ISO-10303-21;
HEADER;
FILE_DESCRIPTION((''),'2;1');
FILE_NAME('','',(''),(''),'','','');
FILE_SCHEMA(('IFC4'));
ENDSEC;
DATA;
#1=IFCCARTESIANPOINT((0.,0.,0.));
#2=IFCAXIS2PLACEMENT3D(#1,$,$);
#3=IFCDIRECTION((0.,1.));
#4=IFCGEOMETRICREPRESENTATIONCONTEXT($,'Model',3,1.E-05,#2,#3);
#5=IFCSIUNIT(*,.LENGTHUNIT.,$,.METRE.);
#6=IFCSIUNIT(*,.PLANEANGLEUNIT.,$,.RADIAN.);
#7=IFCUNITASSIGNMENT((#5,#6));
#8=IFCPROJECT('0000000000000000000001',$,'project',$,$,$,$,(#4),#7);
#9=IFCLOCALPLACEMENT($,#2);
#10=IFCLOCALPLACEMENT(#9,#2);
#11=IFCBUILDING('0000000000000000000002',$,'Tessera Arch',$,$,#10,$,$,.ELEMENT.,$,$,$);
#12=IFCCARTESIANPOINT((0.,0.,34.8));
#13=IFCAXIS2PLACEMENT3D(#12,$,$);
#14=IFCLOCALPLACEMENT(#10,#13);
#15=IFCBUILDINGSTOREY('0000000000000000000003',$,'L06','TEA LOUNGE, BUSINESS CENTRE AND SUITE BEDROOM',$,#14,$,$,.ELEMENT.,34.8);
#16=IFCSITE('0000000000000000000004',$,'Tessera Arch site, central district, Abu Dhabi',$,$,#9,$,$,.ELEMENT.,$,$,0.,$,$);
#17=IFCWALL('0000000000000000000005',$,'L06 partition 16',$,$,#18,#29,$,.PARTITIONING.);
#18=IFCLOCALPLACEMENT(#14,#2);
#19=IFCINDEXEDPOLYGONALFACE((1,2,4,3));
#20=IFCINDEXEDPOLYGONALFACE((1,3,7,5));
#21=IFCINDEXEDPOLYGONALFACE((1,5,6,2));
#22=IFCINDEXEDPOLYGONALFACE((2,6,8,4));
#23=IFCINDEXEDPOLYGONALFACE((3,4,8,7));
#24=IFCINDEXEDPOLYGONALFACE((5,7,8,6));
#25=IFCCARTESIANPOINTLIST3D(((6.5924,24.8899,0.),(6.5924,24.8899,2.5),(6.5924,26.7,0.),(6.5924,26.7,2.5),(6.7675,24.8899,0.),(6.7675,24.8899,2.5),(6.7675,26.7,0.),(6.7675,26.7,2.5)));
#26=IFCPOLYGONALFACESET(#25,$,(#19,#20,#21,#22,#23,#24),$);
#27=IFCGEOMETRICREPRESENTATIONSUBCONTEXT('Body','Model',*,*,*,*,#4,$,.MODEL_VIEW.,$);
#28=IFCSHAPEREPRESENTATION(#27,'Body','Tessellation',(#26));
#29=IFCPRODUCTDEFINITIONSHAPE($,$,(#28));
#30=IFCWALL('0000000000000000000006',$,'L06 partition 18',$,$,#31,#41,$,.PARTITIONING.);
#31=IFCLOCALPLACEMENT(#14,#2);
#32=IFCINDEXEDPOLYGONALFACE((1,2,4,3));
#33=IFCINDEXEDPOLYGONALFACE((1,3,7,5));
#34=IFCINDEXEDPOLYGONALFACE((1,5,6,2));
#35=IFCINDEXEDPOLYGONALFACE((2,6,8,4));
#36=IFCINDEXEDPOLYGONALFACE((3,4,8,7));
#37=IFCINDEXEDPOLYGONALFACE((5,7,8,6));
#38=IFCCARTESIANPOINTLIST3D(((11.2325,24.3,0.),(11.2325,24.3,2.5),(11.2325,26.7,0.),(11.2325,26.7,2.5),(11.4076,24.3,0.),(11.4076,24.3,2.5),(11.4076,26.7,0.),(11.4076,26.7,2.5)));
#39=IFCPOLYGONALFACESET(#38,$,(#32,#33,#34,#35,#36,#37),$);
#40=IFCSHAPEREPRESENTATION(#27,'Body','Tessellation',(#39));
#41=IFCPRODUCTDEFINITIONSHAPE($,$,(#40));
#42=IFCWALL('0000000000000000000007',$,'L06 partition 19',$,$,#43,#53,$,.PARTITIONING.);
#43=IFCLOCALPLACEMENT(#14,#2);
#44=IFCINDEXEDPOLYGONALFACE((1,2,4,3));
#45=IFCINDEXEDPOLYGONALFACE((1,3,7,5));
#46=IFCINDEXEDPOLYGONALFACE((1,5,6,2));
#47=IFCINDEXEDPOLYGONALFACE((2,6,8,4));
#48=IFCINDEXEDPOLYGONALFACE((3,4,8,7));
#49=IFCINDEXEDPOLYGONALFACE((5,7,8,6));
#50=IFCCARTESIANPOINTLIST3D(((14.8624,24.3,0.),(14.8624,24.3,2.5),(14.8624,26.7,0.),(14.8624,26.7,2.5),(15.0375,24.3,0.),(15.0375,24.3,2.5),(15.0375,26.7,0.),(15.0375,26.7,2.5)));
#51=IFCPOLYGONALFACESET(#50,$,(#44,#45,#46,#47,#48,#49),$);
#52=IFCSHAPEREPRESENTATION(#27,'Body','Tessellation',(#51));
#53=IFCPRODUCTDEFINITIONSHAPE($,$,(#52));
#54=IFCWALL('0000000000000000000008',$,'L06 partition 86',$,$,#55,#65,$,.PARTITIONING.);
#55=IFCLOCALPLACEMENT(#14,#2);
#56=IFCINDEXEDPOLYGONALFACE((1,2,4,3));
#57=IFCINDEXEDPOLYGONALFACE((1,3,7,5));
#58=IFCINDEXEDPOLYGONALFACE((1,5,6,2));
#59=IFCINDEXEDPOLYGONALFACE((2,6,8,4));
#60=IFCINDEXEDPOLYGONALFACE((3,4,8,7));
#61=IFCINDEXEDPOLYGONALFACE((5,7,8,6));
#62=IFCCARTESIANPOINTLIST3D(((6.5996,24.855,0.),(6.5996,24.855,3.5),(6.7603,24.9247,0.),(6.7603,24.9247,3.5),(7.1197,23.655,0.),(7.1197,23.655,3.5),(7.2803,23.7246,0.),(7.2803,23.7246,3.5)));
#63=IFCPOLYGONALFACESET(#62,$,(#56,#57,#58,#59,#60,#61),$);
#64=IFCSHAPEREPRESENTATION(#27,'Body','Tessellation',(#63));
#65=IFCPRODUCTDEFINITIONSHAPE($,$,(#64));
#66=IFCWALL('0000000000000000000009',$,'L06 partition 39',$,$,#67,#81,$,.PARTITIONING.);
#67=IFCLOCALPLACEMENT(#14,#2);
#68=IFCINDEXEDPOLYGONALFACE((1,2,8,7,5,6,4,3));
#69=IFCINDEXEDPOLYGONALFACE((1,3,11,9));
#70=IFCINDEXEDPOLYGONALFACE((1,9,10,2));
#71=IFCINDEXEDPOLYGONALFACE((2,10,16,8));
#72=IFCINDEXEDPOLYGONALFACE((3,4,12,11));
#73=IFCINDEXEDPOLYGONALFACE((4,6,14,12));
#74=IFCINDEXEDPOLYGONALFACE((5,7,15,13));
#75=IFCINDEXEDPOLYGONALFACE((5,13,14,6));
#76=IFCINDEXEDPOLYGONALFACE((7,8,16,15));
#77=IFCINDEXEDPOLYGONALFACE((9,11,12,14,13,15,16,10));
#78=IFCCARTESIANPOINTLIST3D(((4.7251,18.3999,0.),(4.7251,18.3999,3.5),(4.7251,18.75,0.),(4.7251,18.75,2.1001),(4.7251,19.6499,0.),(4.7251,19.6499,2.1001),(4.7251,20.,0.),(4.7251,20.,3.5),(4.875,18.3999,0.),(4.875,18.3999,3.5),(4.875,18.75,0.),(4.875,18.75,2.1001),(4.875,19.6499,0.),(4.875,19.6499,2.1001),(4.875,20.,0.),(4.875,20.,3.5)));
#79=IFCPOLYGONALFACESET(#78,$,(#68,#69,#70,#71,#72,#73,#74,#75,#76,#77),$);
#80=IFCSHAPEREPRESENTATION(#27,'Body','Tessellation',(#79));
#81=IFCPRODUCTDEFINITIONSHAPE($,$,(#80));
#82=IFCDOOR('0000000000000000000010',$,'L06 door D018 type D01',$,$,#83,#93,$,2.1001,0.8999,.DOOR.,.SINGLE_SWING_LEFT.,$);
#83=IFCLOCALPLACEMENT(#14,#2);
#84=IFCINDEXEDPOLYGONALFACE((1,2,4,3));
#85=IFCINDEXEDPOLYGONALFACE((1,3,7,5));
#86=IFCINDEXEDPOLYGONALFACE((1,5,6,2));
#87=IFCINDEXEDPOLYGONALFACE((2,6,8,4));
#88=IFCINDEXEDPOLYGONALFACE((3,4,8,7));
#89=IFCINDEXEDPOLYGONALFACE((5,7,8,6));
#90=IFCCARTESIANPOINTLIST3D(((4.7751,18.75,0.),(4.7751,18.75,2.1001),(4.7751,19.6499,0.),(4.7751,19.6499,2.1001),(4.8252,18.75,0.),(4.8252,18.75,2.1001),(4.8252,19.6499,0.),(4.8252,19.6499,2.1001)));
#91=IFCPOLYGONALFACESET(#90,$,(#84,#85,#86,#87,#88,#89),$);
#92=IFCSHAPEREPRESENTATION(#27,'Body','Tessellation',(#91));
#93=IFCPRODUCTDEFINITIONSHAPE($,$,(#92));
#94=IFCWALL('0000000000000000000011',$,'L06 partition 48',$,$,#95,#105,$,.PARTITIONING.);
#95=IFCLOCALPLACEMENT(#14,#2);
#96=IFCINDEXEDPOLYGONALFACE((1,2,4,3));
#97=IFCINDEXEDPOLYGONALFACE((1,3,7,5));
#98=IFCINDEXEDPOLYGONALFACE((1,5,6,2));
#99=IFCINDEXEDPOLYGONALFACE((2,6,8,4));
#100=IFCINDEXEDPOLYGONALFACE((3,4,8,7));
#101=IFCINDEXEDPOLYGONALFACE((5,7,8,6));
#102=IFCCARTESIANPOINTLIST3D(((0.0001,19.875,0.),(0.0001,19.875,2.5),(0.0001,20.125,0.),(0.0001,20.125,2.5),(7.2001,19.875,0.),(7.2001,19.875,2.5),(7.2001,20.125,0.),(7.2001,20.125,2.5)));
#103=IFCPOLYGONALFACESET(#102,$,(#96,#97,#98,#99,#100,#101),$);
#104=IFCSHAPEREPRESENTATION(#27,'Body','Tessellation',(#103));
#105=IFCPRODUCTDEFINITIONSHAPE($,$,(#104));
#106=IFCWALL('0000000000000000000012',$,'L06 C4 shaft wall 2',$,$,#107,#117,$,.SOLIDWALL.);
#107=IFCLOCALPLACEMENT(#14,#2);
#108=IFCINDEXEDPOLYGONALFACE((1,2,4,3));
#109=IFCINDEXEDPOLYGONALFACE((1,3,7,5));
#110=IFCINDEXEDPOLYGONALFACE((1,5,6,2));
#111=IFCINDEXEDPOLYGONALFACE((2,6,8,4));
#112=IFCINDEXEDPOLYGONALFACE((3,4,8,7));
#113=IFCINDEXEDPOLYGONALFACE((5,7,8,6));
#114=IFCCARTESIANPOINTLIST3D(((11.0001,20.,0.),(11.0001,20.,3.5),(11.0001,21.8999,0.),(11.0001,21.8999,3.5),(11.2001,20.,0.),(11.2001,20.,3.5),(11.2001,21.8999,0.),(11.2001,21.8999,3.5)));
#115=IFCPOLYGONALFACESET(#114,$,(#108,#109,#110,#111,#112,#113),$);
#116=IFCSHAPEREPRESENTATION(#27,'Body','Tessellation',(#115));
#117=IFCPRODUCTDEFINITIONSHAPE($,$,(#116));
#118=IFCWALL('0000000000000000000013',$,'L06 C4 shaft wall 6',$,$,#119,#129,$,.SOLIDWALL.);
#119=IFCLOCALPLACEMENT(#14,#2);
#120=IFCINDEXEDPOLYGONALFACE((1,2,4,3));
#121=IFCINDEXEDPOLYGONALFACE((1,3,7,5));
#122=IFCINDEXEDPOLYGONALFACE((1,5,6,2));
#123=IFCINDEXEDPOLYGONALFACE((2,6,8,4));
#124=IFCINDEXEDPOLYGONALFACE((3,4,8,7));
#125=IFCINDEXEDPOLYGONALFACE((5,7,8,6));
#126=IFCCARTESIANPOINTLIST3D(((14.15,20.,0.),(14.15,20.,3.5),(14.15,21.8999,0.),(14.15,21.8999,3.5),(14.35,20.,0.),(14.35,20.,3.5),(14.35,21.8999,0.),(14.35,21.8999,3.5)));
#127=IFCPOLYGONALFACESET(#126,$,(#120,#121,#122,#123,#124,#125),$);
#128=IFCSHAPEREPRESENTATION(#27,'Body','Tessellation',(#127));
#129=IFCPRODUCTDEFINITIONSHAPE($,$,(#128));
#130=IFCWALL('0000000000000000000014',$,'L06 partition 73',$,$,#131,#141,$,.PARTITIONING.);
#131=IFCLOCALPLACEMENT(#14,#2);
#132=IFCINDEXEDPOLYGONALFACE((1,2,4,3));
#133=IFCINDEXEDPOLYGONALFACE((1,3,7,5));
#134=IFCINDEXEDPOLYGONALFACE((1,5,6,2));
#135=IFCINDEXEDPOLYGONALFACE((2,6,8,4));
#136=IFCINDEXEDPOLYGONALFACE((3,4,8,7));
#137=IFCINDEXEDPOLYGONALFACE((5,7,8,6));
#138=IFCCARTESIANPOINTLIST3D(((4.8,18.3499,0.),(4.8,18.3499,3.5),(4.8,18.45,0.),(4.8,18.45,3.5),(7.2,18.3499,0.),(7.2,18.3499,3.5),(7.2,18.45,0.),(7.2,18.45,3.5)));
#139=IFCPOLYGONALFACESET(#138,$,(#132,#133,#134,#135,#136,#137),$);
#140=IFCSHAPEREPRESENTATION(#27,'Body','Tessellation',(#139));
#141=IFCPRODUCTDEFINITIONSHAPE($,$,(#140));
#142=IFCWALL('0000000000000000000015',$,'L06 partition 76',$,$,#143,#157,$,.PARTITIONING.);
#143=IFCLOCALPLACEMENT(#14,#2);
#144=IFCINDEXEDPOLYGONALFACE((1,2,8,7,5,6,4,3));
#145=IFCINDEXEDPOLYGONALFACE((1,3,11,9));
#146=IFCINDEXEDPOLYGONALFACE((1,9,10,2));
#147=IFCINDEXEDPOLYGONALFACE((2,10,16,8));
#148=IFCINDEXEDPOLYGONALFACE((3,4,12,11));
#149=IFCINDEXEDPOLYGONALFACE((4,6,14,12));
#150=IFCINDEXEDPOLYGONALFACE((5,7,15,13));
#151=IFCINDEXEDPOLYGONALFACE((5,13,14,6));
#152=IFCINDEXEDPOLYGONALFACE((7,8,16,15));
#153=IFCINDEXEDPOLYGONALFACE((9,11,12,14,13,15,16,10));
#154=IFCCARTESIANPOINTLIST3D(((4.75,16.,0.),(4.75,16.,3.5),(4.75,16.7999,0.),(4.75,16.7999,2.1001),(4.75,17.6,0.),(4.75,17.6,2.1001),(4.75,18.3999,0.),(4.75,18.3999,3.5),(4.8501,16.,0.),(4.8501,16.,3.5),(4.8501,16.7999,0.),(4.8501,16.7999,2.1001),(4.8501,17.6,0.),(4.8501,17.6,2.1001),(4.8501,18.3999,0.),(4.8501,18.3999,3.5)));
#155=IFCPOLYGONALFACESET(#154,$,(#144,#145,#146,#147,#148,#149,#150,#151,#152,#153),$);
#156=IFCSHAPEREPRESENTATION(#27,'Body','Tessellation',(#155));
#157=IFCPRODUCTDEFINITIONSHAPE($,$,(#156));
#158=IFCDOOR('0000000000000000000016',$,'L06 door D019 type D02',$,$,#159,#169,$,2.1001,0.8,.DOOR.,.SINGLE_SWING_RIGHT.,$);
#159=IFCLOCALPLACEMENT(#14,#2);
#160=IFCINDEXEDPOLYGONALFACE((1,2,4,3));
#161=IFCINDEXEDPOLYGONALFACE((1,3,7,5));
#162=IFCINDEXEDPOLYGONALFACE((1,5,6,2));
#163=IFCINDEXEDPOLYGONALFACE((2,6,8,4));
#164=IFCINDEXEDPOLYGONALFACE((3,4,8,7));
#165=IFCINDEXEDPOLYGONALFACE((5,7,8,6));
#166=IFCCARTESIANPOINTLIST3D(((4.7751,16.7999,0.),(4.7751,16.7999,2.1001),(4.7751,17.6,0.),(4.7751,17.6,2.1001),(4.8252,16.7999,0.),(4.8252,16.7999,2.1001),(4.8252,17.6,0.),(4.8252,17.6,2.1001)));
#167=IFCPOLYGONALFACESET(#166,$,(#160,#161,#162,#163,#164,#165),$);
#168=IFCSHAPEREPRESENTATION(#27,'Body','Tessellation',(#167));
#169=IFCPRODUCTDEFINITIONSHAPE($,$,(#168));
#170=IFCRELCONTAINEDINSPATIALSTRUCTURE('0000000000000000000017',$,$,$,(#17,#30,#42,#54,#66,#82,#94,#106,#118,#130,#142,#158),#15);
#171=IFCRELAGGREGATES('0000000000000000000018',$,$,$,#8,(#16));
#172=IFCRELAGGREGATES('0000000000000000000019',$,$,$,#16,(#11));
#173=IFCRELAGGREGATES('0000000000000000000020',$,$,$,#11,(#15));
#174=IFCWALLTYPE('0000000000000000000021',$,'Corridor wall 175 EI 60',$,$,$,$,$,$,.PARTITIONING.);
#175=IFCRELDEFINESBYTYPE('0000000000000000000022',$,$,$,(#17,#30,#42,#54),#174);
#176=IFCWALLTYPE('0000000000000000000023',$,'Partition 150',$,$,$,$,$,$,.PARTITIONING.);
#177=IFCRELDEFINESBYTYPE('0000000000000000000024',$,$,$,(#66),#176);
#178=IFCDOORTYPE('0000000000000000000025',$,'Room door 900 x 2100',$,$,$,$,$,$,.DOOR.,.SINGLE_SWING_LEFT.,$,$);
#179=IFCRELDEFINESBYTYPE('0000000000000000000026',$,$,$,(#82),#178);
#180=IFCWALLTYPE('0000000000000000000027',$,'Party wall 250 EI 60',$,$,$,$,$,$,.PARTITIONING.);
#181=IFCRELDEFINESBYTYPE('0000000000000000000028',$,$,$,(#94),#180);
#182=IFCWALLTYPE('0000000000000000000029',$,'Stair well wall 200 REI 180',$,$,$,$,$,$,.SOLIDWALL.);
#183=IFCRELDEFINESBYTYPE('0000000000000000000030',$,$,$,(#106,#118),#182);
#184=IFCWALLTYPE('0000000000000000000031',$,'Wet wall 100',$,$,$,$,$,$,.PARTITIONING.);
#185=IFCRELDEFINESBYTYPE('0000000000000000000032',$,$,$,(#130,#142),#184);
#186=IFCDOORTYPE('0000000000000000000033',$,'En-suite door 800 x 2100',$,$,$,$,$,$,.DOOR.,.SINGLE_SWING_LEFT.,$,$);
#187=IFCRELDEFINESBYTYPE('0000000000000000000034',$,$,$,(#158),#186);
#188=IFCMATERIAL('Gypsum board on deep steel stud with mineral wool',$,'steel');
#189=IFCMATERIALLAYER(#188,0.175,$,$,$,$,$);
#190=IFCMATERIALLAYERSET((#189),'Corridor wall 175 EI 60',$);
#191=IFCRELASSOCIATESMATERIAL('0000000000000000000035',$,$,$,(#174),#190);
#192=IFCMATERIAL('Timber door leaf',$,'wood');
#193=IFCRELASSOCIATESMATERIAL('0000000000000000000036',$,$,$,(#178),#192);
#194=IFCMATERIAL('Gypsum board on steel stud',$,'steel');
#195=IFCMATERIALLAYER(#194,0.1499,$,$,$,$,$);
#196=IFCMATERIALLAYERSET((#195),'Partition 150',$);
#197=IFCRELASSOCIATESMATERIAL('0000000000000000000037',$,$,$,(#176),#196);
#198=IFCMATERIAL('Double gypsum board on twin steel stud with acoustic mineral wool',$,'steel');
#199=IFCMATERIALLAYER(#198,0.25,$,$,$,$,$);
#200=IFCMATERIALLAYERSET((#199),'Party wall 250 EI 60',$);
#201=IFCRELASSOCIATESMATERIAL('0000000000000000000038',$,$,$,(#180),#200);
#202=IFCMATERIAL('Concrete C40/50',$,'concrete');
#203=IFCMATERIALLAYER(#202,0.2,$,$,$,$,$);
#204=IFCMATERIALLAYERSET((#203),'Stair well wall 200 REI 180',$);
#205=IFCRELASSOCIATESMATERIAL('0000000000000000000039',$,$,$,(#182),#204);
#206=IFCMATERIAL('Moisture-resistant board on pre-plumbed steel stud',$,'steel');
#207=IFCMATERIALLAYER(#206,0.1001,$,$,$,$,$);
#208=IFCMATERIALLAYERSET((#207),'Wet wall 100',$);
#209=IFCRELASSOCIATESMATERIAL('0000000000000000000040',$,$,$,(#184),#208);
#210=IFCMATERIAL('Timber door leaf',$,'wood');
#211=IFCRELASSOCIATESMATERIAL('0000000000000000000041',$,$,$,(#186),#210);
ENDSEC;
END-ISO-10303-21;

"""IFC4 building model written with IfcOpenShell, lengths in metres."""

from ifc_helpers import new_model, si_unit, direction, frame, frame_2d, origin, place, context, subcontext, project, spatial, rectangle, extrude, material, layer, layer_set, type_object, element, fill, save


model = new_model("IFC4")

# Units and contexts
model_context = context("Model", 3, precision=1e-05, world=origin(), true_north=direction((0.0, 1.0)))
body_context = subcontext(model_context, "Body", "Model", "MODEL_VIEW")
ifc_project = project(units=[si_unit("LENGTHUNIT", "METRE"), si_unit("PLANEANGLEUNIT", "RADIAN")], contexts=[model_context])

# Site, building, storey
site_placement = place(None, origin())
site = spatial("IfcSite", under=ifc_project, at=site_placement, Name="Tessera Arch site, central district, Abu Dhabi", CompositionType="ELEMENT", RefElevation=0.0)
building_placement = place(site_placement, origin())
building = spatial("IfcBuilding", under=site, at=building_placement, Name="Tessera Arch", CompositionType="ELEMENT")
storey_placement = place(building_placement, frame((0.0, 0.0, 34.8)))
storey = spatial("IfcBuildingStorey", under=building, at=storey_placement, Name="L06", Description="TEA LOUNGE, BUSINESS CENTRE AND SUITE BEDROOM", CompositionType="ELEMENT", Elevation=34.8)

# Shared definitions
ifc_material_1 = material(Name="Gypsum board on deep steel stud with mineral wool", Category="steel")
ifc_layer_1 = layer(ifc_material_1, 0.175)
ifc_layer_set_1 = layer_set([ifc_layer_1], Name="Corridor wall 175 EI 60")
wall_type_1 = type_object("IfcWallType", Name="Corridor wall 175 EI 60", PredefinedType="PARTITIONING", material=ifc_layer_set_1)
ifc_material_2 = material(Name="Timber door leaf", Category="wood")
door_type_1 = type_object("IfcDoorType", Name="Room door 900 x 2100", OperationType="SINGLE_SWING_LEFT", PredefinedType="DOOR", material=ifc_material_2)

# Walls
wall_1_placement = place(storey_placement, frame((6.6799, 24.8899, 0.0), z_axis=(0.0, 0.0, 1.0), x_axis=(0.0, 1.0, 0.0)))
element("IfcWall", 1, at=wall_1_placement, inside=storey, type_object=wall_type_1, Name="L06 partition 16", PredefinedType="PARTITIONING", context=body_context, shape_type="SweptSolid", body=[
    extrude(rectangle(XDim=1.8101, YDim=0.175, at=frame_2d((0.905, 0.0))), origin(), (0.0, 0.0, 1.0), 2.5),
])
for number, where, z_axis, x_axis, name in (
    (2, (11.3201, 24.3, 0.0), (0.0, 0.0, 1.0), (0.0, 1.0, 0.0), "L06 partition 18"),
    (3, (14.95, 24.3, 0.0), (0.0, 0.0, 1.0), (0.0, 1.0, 0.0), "L06 partition 19"),
):
    element("IfcWall", number, at=place(storey_placement, frame(where, z_axis=z_axis, x_axis=x_axis)), inside=storey, type_object=wall_type_1, Name=name, PredefinedType="PARTITIONING", context=body_context, shape_type="SweptSolid", body=[
        extrude(rectangle(XDim=2.3999, YDim=0.175, at=frame_2d((1.2, 0.0))), origin(), (0.0, 0.0, 1.0), 2.5),
    ])
wall_2_placement = place(storey_placement, frame((7.2, 23.6899, 0.0), z_axis=(0.0, 0.0, 1.0), x_axis=(-0.397634, 0.917544, 0.0)))
element("IfcWall", 4, at=wall_2_placement, inside=storey, type_object=wall_type_1, Name="L06 partition 86", PredefinedType="PARTITIONING", context=body_context, shape_type="SweptSolid", body=[
    extrude(rectangle(XDim=1.3079, YDim=0.175, at=frame_2d((0.6538, 0.0))), origin(), (0.0, 0.0, 1.0), 3.5),
])

# Wall, opening, door
ifc_material_3 = material(Name="Gypsum board on steel stud", Category="steel")
ifc_layer_2 = layer(ifc_material_3, 0.1499)
ifc_layer_set_2 = layer_set([ifc_layer_2], Name="Partition 150")
wall_type_2 = type_object("IfcWallType", Name="Partition 150", PredefinedType="PARTITIONING", material=ifc_layer_set_2)
wall_3_placement = place(storey_placement, frame((4.8, 18.3999, 0.0), z_axis=(0.0, 0.0, 1.0), x_axis=(0.0, 1.0, 0.0)))
wall_3 = element("IfcWall", 5, at=wall_3_placement, inside=storey, type_object=wall_type_2, Name="L06 partition 39", PredefinedType="PARTITIONING", context=body_context, shape_type="SweptSolid", body=[
    extrude(rectangle(XDim=1.6001, YDim=0.1499, at=frame_2d((0.8, 0.0))), origin(), (0.0, 0.0, 1.0), 3.5),
])
opening_1_placement = place(wall_3_placement, frame((0.3501, 0.0, 0.0)))
opening_1 = element("IfcOpeningElement", 6, at=opening_1_placement, cuts=wall_3, PredefinedType="OPENING", context=body_context, shape_type="SweptSolid", body=[
    extrude(rectangle(XDim=0.8999, YDim=2.1001, at=frame_2d((0.45, 1.05))), frame((0.0, 0.085, 0.0), z_axis=(0.0, -1.0, 0.0), x_axis=(1.0, 0.0, 0.0)), (0.0, 0.0, 1.0), 0.1699),
])
door_1_placement = place(opening_1_placement, origin())
door_1 = element("IfcDoor", 7, at=door_1_placement, inside=storey, type_object=door_type_1, Name="L06 door D018 type D01", OperationType="SINGLE_SWING_LEFT", OverallHeight=2.1001, OverallWidth=0.8999, PredefinedType="DOOR", context=body_context, shape_type="SweptSolid", body=[
    extrude(rectangle(XDim=0.8999, YDim=2.1001, at=frame_2d((0.45, 1.05))), frame((0.0, 0.0249, 0.0), z_axis=(0.0, -1.0, 0.0), x_axis=(1.0, 0.0, 0.0)), (0.0, 0.0, 1.0), 0.05),
])
fill(opening_1, door_1)

# Walls
ifc_material_4 = material(Name="Double gypsum board on twin steel stud with acoustic mineral wool", Category="steel")
ifc_layer_3 = layer(ifc_material_4, 0.25)
ifc_layer_set_3 = layer_set([ifc_layer_3], Name="Party wall 250 EI 60")
wall_type_3 = type_object("IfcWallType", Name="Party wall 250 EI 60", PredefinedType="PARTITIONING", material=ifc_layer_set_3)
wall_4_placement = place(storey_placement, frame((0.0, 20.0, 0.0), z_axis=(0.0, 0.0, 1.0), x_axis=(1.0, 0.0, 0.0)))
element("IfcWall", 8, at=wall_4_placement, inside=storey, type_object=wall_type_3, Name="L06 partition 48", PredefinedType="PARTITIONING", context=body_context, shape_type="SweptSolid", body=[
    extrude(rectangle(XDim=7.2, YDim=0.25, at=frame_2d((3.6001, 0.0))), origin(), (0.0, 0.0, 1.0), 2.5),
])
ifc_material_5 = material(Name="Concrete C40/50", Category="concrete")
ifc_layer_4 = layer(ifc_material_5, 0.2)
ifc_layer_set_4 = layer_set([ifc_layer_4], Name="Stair well wall 200 REI 180")
wall_type_4 = type_object("IfcWallType", Name="Stair well wall 200 REI 180", PredefinedType="SOLIDWALL", material=ifc_layer_set_4)
for number, where, z_axis, x_axis, name in (
    (9, (11.1001, 20.0, 0.0), (0.0, 0.0, 1.0), (0.0, 1.0, 0.0), "L06 C4 shaft wall 2"),
    (10, (14.25, 20.0, 0.0), (0.0, 0.0, 1.0), (0.0, 1.0, 0.0), "L06 C4 shaft wall 6"),
):
    element("IfcWall", number, at=place(storey_placement, frame(where, z_axis=z_axis, x_axis=x_axis)), inside=storey, type_object=wall_type_4, Name=name, PredefinedType="SOLIDWALL", context=body_context, shape_type="SweptSolid", body=[
        extrude(rectangle(XDim=1.8999, YDim=0.2, at=frame_2d((0.95, 0.0))), origin(), (0.0, 0.0, 1.0), 3.5),
    ])
ifc_material_6 = material(Name="Moisture-resistant board on pre-plumbed steel stud", Category="steel")
ifc_layer_5 = layer(ifc_material_6, 0.1001)
ifc_layer_set_5 = layer_set([ifc_layer_5], Name="Wet wall 100")
wall_type_5 = type_object("IfcWallType", Name="Wet wall 100", PredefinedType="PARTITIONING", material=ifc_layer_set_5)
wall_5_placement = place(storey_placement, frame((4.8, 18.3999, 0.0), z_axis=(0.0, 0.0, 1.0), x_axis=(1.0, 0.0, 0.0)))
element("IfcWall", 11, at=wall_5_placement, inside=storey, type_object=wall_type_5, Name="L06 partition 73", PredefinedType="PARTITIONING", context=body_context, shape_type="SweptSolid", body=[
    extrude(rectangle(XDim=2.3999, YDim=0.1001, at=frame_2d((1.2, 0.0))), origin(), (0.0, 0.0, 1.0), 3.5),
])

# Wall, opening, door
wall_6_placement = place(storey_placement, frame((4.8, 16.0, 0.0), z_axis=(0.0, 0.0, 1.0), x_axis=(0.0, 1.0, 0.0)))
wall_6 = element("IfcWall", 12, at=wall_6_placement, inside=storey, type_object=wall_type_5, Name="L06 partition 76", PredefinedType="PARTITIONING", context=body_context, shape_type="SweptSolid", body=[
    extrude(rectangle(XDim=2.3999, YDim=0.1001, at=frame_2d((1.2, 0.0))), origin(), (0.0, 0.0, 1.0), 3.5),
])
opening_2_placement = place(wall_6_placement, frame((0.8, 0.0, 0.0)))
opening_2 = element("IfcOpeningElement", 13, at=opening_2_placement, cuts=wall_6, PredefinedType="OPENING", context=body_context, shape_type="SweptSolid", body=[
    extrude(rectangle(XDim=0.8, YDim=2.1001, at=frame_2d((0.3999, 1.05))), frame((0.0, 0.0601, 0.0), z_axis=(0.0, -1.0, 0.0), x_axis=(1.0, 0.0, 0.0)), (0.0, 0.0, 1.0), 0.1201),
])
ifc_material_7 = material(Name="Timber door leaf", Category="wood")
door_type_2 = type_object("IfcDoorType", Name="En-suite door 800 x 2100", OperationType="SINGLE_SWING_LEFT", PredefinedType="DOOR", material=ifc_material_7)
door_2_placement = place(opening_2_placement, origin())
door_2 = element("IfcDoor", 14, at=door_2_placement, inside=storey, type_object=door_type_2, Name="L06 door D019 type D02", OperationType="SINGLE_SWING_RIGHT", OverallHeight=2.1001, OverallWidth=0.8, PredefinedType="DOOR", context=body_context, shape_type="SweptSolid", body=[
    extrude(rectangle(XDim=0.8, YDim=2.1001, at=frame_2d((0.3999, 1.05))), frame((0.0, 0.0249, 0.0), z_axis=(0.0, -1.0, 0.0), x_axis=(1.0, 0.0, 0.0)), (0.0, 0.0, 1.0), 0.05),
])
fill(opening_2, door_2)

save(model, "model.ifc")
